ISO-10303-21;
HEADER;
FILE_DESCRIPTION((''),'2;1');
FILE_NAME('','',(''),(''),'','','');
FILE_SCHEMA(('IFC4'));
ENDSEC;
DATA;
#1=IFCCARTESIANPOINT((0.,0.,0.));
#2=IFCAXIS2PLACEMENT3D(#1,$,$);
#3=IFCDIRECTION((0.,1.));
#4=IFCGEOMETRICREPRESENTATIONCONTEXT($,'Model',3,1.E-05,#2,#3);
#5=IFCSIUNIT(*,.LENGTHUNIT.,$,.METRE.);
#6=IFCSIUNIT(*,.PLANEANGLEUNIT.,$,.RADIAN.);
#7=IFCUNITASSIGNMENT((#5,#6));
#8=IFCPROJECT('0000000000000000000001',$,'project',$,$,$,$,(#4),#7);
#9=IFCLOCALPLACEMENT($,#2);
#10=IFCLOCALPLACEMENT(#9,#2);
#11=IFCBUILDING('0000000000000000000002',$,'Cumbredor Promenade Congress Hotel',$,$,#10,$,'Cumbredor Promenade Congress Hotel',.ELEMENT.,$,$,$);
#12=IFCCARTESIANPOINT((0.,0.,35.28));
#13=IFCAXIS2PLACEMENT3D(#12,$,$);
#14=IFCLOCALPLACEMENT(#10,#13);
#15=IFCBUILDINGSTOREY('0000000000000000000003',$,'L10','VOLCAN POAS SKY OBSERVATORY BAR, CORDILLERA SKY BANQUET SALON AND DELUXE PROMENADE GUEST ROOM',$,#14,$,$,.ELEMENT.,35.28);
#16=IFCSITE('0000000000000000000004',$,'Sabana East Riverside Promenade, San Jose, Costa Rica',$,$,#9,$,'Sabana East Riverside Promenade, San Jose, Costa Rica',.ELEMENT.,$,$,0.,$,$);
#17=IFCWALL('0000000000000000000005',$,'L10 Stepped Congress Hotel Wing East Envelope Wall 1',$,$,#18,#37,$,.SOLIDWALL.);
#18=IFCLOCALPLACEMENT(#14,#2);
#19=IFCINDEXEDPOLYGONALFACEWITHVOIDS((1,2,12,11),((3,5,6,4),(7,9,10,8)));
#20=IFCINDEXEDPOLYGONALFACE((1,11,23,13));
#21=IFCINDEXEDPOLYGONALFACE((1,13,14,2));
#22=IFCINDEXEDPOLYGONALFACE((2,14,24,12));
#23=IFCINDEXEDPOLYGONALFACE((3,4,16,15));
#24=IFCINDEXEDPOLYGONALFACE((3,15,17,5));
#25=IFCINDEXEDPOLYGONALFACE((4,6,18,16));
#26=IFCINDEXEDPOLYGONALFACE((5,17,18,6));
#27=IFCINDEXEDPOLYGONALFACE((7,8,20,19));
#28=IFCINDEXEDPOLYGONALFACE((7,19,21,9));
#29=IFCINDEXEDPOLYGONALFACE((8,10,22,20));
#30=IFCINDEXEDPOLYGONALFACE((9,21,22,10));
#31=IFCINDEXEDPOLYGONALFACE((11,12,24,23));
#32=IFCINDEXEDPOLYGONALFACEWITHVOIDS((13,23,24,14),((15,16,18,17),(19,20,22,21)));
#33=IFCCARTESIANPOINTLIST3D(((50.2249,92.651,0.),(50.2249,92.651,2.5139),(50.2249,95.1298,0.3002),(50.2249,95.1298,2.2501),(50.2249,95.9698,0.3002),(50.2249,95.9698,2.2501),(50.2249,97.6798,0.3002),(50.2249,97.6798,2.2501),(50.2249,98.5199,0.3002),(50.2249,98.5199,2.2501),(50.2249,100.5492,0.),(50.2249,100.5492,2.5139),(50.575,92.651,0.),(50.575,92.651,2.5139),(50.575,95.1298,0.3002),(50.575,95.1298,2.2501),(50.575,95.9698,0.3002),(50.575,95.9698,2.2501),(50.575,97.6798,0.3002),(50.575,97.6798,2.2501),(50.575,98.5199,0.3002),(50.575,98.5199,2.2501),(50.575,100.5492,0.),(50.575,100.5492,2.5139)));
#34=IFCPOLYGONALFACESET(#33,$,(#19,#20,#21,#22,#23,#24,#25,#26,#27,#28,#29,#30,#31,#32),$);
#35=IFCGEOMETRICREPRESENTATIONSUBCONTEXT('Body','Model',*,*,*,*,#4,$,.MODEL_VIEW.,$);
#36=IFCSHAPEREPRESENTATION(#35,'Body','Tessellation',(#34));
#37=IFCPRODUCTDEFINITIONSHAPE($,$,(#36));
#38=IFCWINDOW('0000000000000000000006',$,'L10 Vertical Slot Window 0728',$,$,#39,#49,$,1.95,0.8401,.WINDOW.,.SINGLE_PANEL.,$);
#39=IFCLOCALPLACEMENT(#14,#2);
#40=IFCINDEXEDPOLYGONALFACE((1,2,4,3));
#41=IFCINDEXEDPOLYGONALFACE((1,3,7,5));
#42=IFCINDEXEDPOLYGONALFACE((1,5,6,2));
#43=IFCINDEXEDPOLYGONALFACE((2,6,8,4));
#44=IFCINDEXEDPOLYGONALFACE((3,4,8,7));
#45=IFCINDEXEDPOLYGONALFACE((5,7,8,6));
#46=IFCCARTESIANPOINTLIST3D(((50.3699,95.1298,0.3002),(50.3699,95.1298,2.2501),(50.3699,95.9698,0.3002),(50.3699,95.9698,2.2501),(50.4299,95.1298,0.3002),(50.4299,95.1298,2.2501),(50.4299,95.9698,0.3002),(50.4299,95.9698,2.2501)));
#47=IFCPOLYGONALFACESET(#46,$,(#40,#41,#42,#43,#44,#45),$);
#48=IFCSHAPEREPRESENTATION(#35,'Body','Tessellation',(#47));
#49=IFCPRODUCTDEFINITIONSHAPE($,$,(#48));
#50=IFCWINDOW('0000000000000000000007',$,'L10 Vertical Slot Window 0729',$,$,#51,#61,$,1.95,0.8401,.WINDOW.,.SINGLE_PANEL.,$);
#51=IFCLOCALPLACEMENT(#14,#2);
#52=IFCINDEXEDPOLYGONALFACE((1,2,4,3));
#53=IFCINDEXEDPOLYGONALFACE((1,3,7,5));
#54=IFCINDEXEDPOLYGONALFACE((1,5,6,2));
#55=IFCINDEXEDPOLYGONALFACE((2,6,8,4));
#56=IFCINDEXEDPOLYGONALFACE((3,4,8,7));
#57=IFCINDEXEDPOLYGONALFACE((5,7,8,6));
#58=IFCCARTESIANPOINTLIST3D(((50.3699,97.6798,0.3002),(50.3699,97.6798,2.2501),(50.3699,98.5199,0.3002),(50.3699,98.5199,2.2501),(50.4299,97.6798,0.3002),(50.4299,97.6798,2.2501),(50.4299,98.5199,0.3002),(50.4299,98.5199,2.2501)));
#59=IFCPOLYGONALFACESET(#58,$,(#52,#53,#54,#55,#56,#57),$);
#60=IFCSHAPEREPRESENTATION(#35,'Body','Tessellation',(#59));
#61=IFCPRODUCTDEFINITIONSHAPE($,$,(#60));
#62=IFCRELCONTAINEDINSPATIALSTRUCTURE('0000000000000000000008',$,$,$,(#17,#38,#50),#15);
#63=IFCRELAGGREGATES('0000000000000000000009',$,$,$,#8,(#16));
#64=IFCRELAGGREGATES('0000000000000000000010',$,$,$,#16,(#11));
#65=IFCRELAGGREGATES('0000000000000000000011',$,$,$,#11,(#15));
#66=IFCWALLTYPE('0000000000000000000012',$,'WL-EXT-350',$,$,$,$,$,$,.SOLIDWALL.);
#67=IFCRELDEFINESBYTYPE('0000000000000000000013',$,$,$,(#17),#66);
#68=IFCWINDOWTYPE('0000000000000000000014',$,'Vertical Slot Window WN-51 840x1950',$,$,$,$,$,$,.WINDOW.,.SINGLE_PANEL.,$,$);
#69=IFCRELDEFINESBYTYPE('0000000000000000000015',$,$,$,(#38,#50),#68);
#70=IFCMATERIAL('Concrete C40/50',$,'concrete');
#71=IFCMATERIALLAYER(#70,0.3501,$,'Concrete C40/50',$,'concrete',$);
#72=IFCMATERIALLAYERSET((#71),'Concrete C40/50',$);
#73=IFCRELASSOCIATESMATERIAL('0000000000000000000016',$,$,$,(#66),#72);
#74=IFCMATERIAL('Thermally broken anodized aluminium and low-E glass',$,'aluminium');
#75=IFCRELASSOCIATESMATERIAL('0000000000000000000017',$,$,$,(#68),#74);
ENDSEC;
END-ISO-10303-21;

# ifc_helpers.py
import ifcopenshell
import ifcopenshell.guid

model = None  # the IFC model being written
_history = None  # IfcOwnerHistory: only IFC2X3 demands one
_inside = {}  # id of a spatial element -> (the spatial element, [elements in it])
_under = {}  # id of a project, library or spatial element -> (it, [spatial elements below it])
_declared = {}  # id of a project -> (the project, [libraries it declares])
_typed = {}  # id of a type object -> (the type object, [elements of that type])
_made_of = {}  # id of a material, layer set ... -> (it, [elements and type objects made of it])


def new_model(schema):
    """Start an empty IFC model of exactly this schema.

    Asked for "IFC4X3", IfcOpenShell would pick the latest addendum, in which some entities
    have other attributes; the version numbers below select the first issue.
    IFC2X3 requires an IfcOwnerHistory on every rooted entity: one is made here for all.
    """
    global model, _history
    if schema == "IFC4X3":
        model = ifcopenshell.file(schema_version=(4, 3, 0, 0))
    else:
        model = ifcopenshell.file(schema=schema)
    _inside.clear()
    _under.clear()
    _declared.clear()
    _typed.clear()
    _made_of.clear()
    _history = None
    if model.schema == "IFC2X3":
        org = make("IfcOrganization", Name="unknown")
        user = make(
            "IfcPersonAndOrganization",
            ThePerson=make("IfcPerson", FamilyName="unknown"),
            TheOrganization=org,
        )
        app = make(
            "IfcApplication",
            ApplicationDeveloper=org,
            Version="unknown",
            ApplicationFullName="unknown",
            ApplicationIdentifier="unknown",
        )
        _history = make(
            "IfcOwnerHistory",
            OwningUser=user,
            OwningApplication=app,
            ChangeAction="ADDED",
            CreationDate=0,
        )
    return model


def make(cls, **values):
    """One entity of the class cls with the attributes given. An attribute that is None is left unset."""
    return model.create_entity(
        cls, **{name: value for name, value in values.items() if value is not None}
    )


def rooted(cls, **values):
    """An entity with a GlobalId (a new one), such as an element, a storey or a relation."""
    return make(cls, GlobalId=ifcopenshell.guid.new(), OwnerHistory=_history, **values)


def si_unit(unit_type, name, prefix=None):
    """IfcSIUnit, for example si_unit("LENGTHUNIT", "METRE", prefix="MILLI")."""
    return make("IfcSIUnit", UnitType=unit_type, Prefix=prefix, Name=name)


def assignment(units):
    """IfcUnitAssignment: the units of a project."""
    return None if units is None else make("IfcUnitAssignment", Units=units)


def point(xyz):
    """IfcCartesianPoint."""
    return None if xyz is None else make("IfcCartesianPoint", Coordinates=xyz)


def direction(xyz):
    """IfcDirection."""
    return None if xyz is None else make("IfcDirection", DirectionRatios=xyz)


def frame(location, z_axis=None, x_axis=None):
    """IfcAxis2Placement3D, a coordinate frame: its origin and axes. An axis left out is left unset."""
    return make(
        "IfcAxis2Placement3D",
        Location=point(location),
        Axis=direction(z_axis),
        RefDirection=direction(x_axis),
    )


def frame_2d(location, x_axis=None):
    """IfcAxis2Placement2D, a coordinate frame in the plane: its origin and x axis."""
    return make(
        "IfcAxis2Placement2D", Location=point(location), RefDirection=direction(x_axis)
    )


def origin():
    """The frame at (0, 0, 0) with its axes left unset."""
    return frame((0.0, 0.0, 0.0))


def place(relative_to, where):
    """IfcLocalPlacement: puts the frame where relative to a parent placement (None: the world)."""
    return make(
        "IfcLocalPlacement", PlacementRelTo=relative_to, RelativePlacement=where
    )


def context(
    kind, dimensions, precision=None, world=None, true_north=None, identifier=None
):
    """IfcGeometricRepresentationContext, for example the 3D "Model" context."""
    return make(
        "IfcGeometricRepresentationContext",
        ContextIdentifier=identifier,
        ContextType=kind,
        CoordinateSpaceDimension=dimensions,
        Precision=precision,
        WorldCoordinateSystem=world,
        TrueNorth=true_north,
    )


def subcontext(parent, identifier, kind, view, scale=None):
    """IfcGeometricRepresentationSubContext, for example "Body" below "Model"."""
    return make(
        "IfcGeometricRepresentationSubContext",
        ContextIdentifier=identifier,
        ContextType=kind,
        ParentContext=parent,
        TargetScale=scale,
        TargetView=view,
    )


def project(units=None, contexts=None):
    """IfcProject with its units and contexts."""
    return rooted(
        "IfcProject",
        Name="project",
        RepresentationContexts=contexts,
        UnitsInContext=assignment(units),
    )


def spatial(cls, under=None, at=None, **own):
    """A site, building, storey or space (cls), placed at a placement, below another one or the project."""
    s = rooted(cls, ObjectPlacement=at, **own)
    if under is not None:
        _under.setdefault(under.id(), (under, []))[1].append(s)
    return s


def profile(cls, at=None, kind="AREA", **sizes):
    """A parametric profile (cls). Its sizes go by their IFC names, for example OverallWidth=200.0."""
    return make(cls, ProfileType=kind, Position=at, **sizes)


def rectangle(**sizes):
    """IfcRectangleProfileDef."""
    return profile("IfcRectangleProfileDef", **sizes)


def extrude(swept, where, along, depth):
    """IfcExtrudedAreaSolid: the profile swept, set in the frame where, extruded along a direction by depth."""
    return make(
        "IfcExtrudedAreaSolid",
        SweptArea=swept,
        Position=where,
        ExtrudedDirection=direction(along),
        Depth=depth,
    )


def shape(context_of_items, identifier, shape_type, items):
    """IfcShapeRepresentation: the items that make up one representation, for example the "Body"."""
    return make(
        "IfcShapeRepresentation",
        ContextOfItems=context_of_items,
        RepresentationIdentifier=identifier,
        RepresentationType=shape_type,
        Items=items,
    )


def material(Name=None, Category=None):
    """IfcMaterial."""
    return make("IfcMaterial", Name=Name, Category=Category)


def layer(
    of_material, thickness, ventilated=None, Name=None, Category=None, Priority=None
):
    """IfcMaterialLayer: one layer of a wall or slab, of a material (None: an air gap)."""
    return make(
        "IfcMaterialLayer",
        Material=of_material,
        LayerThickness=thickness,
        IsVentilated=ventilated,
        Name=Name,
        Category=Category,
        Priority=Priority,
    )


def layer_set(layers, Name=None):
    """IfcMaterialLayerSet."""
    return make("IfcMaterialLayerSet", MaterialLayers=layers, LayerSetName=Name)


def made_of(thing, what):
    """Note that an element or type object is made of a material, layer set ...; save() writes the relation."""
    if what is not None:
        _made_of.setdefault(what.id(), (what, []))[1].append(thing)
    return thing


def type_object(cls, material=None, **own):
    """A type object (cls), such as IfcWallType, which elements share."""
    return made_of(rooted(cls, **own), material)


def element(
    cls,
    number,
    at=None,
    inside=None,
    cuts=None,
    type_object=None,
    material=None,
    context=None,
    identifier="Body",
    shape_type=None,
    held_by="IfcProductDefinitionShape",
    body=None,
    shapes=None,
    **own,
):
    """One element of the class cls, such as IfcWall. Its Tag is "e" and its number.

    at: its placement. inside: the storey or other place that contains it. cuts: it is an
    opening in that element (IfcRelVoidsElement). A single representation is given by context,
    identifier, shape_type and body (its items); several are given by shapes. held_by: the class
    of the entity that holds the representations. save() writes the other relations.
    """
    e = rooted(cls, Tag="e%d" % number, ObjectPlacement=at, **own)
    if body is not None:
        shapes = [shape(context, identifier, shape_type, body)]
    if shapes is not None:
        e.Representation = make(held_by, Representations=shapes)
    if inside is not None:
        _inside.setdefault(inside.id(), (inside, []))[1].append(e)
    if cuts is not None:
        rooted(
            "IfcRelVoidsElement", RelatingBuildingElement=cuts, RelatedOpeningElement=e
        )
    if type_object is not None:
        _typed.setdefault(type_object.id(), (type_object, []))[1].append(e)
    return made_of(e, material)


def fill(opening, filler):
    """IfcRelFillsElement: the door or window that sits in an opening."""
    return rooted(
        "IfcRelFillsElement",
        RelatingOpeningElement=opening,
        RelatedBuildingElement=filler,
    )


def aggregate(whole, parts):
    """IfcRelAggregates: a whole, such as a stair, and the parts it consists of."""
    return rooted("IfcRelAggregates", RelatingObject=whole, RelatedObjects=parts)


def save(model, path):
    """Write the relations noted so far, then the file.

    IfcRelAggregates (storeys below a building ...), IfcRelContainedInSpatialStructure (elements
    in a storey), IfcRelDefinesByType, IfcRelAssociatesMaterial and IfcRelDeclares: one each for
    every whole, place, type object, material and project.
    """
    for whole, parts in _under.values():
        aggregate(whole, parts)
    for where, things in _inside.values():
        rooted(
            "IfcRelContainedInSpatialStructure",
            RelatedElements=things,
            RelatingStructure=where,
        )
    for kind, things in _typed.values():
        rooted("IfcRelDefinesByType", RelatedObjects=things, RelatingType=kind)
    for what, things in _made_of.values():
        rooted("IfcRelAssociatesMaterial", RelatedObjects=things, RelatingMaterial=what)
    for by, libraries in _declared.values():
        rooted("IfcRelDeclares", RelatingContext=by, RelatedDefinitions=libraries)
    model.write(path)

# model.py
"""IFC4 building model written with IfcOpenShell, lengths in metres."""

from ifc_helpers import new_model, si_unit, direction, frame, frame_2d, origin, place, context, subcontext, project, spatial, rectangle, extrude, material, layer, layer_set, type_object, element, fill, save


model = new_model("IFC4")

# Units and contexts
model_context = context("Model", 3, precision=1e-05, world=origin(), true_north=direction((0.0, 1.0)))
body_context = subcontext(model_context, "Body", "Model", "MODEL_VIEW")
ifc_project = project(units=[si_unit("LENGTHUNIT", "METRE"), si_unit("PLANEANGLEUNIT", "RADIAN")], contexts=[model_context])

# Site, building, storey
site_placement = place(None, origin())
site = spatial("IfcSite", under=ifc_project, at=site_placement, Name="Sabana East Riverside Promenade, San Jose, Costa Rica", LongName="Sabana East Riverside Promenade, San Jose, Costa Rica", CompositionType="ELEMENT", RefElevation=0.0)
building_placement = place(site_placement, origin())
building = spatial("IfcBuilding", under=site, at=building_placement, Name="Cumbredor Promenade Congress Hotel", LongName="Cumbredor Promenade Congress Hotel", CompositionType="ELEMENT")
storey_placement = place(building_placement, frame((0.0, 0.0, 35.28)))
storey = spatial("IfcBuildingStorey", under=building, at=storey_placement, Name="L10", Description="VOLCAN POAS SKY OBSERVATORY BAR, CORDILLERA SKY BANQUET SALON AND DELUXE PROMENADE GUEST ROOM", CompositionType="ELEMENT", Elevation=35.28)

# Shared definitions
ifc_material_1 = material(Name="Concrete C40/50", Category="concrete")

# Shared definitions
ifc_material_2 = material(Name="Thermally broken anodized aluminium and low-E glass", Category="aluminium")

# Wall, openings, windows
ifc_layer_1 = layer(ifc_material_1, 0.3501, Name="Concrete C40/50", Category="concrete")
ifc_layer_set_1 = layer_set([ifc_layer_1], Name="Concrete C40/50")
wall_type_1 = type_object("IfcWallType", Name="WL-EXT-350", PredefinedType="SOLIDWALL", material=ifc_layer_set_1)
wall_1_placement = place(storey_placement, frame((50.3999, 92.6509, 0.0), z_axis=(0.0, 0.0, 1.0), x_axis=(0.0, 1.0, 0.0)))
wall_1 = element("IfcWall", 1, at=wall_1_placement, inside=storey, type_object=wall_type_1, Name="L10 Stepped Congress Hotel Wing East Envelope Wall 1", PredefinedType="SOLIDWALL", context=body_context, shape_type="SweptSolid", body=[
    extrude(rectangle(XDim=7.8982, YDim=0.3501, at=frame_2d((3.9492, 0.0))), origin(), (0.0, 0.0, 1.0), 2.5139),
])
opening_1_placement = place(wall_1_placement, frame((2.479, 0.0, 0.3)))
opening_1 = element("IfcOpeningElement", 2, at=opening_1_placement, cuts=wall_1, PredefinedType="OPENING", context=body_context, shape_type="SweptSolid", body=[
    extrude(rectangle(XDim=0.8401, YDim=1.95, at=frame_2d((0.4199, 0.9751))), frame((0.0, 0.1851, 0.0), z_axis=(0.0, -1.0, 0.0), x_axis=(1.0, 0.0, 0.0)), (0.0, 0.0, 1.0), 0.3701),
])
opening_2_placement = place(wall_1_placement, frame((5.0291, 0.0, 0.3)))
opening_2 = element("IfcOpeningElement", 3, at=opening_2_placement, cuts=wall_1, PredefinedType="OPENING", context=body_context, shape_type="SweptSolid", body=[
    extrude(rectangle(XDim=0.8401, YDim=1.95, at=frame_2d((0.4199, 0.9751))), frame((0.0, 0.1851, 0.0), z_axis=(0.0, -1.0, 0.0), x_axis=(1.0, 0.0, 0.0)), (0.0, 0.0, 1.0), 0.3701),
])
window_type_1 = type_object("IfcWindowType", Name="Vertical Slot Window WN-51 840x1950", PartitioningType="SINGLE_PANEL", PredefinedType="WINDOW", material=ifc_material_2)
window_1_placement = place(opening_1_placement, origin())
window_1 = element("IfcWindow", 4, at=window_1_placement, inside=storey, type_object=window_type_1, Name="L10 Vertical Slot Window 0728", OverallHeight=1.95, OverallWidth=0.8401, PartitioningType="SINGLE_PANEL", PredefinedType="WINDOW", context=body_context, shape_type="SweptSolid", body=[
    extrude(rectangle(XDim=0.8401, YDim=1.95, at=frame_2d((0.4199, 0.9751))), frame((0.0, 0.03, 0.0), z_axis=(0.0, -1.0, 0.0), x_axis=(1.0, 0.0, 0.0)), (0.0, 0.0, 1.0), 0.0601),
])
fill(opening_1, window_1)
window_2_placement = place(opening_2_placement, origin())
window_2 = element("IfcWindow", 5, at=window_2_placement, inside=storey, type_object=window_type_1, Name="L10 Vertical Slot Window 0729", OverallHeight=1.95, OverallWidth=0.8401, PartitioningType="SINGLE_PANEL", PredefinedType="WINDOW", context=body_context, shape_type="SweptSolid", body=[
    extrude(rectangle(XDim=0.8401, YDim=1.95, at=frame_2d((0.4199, 0.9751))), frame((0.0, 0.03, 0.0), z_axis=(0.0, -1.0, 0.0), x_axis=(1.0, 0.0, 0.0)), (0.0, 0.0, 1.0), 0.0601),
])
fill(opening_2, window_2)

save(model, "model.ifc")
